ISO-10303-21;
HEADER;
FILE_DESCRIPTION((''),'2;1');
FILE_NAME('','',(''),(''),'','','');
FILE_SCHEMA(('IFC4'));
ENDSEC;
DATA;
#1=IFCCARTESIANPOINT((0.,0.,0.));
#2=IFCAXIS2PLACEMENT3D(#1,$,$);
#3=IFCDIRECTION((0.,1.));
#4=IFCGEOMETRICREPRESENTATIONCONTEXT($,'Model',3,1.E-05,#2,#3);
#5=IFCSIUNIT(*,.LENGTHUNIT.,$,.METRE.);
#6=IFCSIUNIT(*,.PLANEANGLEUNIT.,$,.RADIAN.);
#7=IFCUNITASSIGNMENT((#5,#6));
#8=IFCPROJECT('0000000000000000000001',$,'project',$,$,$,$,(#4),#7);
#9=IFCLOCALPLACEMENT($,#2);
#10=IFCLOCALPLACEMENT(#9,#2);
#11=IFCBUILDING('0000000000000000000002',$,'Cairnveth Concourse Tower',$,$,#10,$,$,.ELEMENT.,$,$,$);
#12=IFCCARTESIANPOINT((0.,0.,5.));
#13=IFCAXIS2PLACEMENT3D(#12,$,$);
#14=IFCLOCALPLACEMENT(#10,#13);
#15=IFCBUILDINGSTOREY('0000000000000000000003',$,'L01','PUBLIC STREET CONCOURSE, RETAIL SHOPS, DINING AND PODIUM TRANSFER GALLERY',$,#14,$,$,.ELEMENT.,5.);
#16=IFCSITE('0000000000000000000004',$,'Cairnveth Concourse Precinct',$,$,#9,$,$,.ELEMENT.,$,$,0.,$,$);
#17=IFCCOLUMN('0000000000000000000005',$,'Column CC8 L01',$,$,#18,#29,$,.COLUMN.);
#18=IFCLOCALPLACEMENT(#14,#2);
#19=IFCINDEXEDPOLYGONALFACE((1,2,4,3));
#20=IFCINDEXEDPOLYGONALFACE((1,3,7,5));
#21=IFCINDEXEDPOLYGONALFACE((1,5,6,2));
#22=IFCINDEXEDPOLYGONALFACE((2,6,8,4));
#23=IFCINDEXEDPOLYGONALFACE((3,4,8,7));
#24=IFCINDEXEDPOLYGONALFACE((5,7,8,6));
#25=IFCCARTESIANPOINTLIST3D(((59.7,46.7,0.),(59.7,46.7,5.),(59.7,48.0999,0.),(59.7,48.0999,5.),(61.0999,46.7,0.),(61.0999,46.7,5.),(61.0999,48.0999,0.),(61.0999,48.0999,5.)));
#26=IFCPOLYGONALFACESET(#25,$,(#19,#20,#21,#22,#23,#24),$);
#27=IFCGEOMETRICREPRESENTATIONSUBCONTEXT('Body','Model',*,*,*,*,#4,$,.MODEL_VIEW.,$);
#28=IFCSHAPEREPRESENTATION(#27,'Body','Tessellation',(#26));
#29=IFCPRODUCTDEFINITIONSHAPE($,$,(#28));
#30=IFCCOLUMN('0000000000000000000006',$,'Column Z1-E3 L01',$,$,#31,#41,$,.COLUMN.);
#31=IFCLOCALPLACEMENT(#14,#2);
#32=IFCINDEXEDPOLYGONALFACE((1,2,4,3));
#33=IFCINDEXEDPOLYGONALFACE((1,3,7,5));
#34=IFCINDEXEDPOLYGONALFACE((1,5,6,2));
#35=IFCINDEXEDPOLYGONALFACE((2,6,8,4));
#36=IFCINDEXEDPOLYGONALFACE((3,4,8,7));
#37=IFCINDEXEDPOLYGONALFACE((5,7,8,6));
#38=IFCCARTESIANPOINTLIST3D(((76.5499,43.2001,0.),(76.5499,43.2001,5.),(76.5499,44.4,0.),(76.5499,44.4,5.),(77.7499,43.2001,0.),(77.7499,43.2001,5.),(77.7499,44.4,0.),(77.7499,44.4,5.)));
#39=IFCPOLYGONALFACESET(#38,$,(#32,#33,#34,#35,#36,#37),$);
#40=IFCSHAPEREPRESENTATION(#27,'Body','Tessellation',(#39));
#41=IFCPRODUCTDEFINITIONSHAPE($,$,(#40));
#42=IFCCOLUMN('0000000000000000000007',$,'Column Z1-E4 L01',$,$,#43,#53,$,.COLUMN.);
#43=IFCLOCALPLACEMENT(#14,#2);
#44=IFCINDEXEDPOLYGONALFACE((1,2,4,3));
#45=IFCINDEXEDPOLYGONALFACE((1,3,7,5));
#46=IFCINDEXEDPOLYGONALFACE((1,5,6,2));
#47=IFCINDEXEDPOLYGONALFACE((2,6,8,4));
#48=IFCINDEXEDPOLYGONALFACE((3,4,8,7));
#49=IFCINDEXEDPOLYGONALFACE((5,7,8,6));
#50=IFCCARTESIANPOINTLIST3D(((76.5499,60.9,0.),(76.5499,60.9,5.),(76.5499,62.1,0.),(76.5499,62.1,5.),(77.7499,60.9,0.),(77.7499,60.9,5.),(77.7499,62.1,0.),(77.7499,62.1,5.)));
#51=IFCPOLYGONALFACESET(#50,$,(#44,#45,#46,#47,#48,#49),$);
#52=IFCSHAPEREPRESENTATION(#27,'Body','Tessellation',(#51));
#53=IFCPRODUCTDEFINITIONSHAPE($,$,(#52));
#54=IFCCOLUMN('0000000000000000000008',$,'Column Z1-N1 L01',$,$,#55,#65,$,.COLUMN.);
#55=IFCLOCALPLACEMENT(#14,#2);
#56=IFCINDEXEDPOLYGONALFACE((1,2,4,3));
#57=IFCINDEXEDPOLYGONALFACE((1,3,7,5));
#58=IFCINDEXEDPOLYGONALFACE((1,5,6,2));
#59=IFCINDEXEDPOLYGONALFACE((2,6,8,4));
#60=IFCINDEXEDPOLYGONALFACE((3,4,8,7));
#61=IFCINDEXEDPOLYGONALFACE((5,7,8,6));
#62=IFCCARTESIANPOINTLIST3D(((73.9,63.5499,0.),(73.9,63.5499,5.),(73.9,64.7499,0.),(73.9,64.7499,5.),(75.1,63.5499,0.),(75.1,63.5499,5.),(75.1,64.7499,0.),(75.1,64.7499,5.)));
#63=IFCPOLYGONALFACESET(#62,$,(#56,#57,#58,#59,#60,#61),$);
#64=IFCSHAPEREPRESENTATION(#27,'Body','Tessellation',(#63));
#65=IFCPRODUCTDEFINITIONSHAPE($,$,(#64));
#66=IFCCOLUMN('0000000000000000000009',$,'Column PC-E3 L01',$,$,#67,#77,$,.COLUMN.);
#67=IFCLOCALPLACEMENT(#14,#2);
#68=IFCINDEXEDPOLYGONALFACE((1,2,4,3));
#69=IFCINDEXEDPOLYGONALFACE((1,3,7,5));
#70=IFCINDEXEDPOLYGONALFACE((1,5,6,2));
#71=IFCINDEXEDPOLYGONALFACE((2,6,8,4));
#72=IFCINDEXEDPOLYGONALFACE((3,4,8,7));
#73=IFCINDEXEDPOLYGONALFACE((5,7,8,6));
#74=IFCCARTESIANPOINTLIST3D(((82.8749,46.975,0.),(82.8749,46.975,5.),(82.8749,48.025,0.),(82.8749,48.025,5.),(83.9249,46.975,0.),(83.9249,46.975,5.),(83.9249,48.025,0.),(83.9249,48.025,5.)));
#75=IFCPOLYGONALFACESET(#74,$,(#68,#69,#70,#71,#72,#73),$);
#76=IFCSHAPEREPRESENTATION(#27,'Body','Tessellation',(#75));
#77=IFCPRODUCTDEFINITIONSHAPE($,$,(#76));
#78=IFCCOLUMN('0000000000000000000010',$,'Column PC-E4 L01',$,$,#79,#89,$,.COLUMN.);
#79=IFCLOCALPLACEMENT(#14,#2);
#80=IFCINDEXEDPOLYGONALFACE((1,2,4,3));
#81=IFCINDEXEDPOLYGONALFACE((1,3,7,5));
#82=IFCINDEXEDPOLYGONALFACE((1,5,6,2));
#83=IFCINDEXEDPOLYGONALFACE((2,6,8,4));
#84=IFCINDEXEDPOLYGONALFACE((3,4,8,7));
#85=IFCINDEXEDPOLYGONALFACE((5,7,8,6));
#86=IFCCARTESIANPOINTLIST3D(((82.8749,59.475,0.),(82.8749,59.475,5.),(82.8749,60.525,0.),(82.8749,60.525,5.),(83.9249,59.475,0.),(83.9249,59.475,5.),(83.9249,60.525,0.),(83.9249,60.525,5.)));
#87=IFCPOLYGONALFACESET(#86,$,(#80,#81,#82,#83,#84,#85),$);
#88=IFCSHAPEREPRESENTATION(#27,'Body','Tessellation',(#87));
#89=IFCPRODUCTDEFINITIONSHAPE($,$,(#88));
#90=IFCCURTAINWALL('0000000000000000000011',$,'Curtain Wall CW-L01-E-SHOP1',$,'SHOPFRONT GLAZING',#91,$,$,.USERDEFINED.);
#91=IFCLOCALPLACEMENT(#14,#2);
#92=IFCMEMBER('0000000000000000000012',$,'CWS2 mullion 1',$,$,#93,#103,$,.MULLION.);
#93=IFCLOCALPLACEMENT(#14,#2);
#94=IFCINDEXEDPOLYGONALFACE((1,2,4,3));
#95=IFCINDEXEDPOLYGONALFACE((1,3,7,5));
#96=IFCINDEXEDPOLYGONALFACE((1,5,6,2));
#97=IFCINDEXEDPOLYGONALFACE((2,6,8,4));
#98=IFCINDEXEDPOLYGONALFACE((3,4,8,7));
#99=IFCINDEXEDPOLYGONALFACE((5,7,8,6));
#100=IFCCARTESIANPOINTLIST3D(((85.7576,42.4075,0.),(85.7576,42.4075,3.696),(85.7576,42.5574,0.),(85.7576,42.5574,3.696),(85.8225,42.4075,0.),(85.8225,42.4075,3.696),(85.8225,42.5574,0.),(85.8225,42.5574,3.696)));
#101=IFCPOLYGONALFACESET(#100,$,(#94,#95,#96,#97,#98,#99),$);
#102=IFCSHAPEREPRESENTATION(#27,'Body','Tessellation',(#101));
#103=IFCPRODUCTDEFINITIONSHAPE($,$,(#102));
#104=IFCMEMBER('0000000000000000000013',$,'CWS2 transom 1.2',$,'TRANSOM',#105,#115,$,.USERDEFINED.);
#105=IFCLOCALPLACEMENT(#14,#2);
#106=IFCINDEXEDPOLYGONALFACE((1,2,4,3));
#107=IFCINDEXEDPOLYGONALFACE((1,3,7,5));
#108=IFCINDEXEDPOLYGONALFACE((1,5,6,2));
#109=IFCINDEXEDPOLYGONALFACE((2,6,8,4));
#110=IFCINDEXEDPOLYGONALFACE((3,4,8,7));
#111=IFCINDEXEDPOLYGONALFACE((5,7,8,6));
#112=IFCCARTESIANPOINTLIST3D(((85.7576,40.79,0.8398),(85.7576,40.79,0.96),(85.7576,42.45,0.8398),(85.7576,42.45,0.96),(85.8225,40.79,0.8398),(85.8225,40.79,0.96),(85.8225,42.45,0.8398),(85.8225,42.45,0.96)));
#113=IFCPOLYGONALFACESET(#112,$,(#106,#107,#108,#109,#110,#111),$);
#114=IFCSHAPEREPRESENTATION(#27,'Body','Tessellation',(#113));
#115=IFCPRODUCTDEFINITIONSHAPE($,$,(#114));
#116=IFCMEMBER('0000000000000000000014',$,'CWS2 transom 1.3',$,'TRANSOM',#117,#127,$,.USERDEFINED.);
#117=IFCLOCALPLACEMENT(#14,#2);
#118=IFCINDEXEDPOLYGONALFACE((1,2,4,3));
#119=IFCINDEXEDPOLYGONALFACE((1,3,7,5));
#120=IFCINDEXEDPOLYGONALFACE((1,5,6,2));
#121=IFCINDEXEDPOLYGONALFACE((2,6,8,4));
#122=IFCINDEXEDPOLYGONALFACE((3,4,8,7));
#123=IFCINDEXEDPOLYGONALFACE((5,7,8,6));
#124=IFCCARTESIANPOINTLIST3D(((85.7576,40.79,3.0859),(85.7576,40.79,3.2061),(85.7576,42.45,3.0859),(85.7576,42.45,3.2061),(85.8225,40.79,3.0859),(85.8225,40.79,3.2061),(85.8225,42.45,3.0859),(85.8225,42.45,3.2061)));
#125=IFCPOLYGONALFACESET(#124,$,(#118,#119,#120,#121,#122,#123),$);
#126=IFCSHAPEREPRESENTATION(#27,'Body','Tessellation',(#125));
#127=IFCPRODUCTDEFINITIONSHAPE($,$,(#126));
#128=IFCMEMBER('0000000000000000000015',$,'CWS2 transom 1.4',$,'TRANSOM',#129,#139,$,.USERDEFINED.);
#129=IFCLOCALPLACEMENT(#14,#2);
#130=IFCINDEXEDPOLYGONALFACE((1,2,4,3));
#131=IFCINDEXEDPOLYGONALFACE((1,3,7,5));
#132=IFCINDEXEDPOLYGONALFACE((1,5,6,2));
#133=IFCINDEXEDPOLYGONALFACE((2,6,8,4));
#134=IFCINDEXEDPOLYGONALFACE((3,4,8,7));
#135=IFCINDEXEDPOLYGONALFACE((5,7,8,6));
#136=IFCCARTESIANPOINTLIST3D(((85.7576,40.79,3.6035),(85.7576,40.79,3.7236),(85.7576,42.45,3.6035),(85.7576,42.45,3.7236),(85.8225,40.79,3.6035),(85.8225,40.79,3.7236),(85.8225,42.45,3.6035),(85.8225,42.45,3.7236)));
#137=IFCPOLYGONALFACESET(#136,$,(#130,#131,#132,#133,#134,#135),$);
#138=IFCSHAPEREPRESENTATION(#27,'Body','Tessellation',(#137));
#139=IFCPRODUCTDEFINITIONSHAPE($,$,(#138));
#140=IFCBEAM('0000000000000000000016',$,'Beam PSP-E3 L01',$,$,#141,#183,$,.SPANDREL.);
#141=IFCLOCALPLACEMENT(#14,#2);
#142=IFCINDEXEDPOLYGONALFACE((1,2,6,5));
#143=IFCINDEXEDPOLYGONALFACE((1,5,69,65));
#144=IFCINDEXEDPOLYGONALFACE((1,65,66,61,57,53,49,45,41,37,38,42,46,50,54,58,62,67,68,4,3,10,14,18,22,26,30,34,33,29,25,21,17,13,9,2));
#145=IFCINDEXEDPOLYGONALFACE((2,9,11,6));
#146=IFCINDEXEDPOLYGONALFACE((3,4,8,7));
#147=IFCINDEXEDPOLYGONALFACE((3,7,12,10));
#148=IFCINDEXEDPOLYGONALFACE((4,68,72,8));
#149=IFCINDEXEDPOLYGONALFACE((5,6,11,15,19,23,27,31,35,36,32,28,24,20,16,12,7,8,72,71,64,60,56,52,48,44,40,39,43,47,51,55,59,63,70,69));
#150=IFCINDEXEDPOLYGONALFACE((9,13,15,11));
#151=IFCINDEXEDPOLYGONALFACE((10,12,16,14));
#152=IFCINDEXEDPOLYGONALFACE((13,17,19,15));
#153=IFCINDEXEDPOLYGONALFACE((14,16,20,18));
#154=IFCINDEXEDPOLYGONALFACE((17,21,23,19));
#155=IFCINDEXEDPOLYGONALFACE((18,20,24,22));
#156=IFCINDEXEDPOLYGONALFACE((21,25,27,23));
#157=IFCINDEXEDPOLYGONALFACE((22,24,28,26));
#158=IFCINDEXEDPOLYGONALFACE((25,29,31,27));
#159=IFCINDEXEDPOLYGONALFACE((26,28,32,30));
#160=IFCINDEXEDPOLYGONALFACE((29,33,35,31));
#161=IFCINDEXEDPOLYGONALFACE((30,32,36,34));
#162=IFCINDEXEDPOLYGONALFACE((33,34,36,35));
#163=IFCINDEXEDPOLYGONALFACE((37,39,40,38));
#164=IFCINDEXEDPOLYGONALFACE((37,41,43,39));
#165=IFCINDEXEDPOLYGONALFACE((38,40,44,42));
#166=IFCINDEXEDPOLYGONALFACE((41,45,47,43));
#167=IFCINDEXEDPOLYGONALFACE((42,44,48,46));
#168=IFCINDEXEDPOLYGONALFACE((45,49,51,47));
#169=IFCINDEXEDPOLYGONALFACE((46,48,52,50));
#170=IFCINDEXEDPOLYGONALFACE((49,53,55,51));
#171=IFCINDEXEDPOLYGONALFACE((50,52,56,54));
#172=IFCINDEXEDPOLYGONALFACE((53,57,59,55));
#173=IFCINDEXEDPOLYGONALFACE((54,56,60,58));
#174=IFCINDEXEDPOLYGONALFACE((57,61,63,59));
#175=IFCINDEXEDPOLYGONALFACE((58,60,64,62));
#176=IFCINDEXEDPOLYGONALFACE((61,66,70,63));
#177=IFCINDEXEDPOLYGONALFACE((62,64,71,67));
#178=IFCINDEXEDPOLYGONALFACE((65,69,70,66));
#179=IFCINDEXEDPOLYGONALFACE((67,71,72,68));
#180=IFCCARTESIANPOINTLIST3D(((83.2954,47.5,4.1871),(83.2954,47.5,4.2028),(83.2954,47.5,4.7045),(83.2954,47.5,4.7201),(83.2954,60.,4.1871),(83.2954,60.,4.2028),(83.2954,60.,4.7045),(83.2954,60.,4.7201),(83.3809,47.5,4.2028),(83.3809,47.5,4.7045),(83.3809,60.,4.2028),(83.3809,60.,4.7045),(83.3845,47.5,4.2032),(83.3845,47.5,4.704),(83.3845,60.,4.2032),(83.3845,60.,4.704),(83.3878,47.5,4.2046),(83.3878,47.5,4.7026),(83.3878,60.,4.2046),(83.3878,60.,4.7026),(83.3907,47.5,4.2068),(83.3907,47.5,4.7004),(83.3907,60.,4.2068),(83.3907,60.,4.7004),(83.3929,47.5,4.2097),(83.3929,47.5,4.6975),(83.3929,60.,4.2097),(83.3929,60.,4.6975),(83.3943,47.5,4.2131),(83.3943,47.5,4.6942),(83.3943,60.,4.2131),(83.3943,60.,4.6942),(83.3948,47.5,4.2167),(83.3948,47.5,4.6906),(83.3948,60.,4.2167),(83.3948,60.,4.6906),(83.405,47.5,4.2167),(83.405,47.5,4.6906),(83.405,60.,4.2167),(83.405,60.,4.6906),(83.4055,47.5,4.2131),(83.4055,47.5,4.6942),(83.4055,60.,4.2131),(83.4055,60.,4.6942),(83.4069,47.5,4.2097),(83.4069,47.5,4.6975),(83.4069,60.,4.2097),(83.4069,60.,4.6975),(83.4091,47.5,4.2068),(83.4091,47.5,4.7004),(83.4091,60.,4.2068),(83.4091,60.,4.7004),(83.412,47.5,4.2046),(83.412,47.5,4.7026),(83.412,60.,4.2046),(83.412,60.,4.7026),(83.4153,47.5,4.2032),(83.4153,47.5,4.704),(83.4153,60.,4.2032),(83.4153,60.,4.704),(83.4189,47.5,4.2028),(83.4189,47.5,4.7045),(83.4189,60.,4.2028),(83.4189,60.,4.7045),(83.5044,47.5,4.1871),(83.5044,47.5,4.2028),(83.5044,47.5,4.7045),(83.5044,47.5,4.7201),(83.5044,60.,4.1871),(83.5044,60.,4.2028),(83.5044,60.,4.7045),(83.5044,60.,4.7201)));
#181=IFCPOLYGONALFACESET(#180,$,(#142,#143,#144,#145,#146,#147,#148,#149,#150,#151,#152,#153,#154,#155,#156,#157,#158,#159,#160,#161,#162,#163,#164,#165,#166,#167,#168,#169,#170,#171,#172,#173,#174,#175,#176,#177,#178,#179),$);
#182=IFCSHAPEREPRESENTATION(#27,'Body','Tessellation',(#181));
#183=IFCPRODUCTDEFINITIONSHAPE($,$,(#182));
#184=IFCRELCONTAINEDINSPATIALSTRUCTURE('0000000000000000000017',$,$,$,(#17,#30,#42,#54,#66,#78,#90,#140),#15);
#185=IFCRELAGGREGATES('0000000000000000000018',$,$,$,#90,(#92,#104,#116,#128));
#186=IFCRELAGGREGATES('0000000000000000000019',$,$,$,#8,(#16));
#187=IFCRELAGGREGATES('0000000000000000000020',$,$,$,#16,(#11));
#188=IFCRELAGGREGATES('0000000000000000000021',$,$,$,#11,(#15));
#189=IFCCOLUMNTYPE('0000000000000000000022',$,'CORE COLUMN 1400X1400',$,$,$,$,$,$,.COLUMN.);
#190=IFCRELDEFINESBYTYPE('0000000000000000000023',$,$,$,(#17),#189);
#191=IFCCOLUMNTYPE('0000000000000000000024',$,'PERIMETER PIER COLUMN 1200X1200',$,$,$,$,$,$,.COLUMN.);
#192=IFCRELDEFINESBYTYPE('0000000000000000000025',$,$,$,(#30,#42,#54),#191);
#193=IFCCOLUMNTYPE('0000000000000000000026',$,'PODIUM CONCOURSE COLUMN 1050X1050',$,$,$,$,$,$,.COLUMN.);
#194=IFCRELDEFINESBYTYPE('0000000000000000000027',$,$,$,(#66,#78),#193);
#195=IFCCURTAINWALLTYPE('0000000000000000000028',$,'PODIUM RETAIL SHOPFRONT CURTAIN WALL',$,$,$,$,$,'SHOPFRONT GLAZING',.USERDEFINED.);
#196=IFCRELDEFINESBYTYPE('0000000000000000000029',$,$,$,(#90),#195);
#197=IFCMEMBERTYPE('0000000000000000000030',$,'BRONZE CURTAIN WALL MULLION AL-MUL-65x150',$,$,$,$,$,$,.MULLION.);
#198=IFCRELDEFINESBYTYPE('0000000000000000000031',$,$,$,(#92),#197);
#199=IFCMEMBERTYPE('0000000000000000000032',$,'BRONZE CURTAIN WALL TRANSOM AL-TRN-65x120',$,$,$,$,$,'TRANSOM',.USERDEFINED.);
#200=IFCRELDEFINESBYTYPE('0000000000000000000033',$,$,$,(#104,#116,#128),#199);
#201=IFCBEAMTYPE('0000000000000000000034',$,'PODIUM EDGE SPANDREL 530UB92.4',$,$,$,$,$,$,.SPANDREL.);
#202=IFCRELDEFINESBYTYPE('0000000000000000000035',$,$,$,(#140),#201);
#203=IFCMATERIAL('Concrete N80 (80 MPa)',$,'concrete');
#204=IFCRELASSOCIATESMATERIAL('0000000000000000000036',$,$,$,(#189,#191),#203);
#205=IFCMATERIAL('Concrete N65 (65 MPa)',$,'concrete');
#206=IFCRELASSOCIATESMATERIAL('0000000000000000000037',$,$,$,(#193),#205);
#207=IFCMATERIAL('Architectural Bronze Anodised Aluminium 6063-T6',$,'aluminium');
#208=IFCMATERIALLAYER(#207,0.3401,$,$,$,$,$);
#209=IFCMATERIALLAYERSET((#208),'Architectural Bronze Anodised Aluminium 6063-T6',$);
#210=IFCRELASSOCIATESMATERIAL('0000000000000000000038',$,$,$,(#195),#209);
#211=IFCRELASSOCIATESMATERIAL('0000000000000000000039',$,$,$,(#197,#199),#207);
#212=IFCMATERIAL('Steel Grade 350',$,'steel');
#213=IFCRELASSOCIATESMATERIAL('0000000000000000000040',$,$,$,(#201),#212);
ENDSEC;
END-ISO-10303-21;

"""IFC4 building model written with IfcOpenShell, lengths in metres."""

from ifc_helpers import new_model, si_unit, direction, frame, origin, origin_2d, place, context, subcontext, project, spatial, rectangle, i_section, extrude, material, layer, layer_set, material_profile, profile_set, type_object, element, aggregate, save


model = new_model("IFC4")

# Units and contexts
model_context = context("Model", 3, precision=1e-05, world=origin(), true_north=direction((0.0, 1.0)))
body_context = subcontext(model_context, "Body", "Model", "MODEL_VIEW")
ifc_project = project(units=[si_unit("LENGTHUNIT", "METRE"), si_unit("PLANEANGLEUNIT", "RADIAN")], contexts=[model_context])

# Site, building, storey
site_placement = place(None, origin())
site = spatial("IfcSite", under=ifc_project, at=site_placement, Name="Cairnveth Concourse Precinct", CompositionType="ELEMENT", RefElevation=0.0)
building_placement = place(site_placement, origin())
building = spatial("IfcBuilding", under=site, at=building_placement, Name="Cairnveth Concourse Tower", CompositionType="ELEMENT")
storey_placement = place(building_placement, frame((0.0, 0.0, 5.0)))
storey = spatial("IfcBuildingStorey", under=building, at=storey_placement, Name="L01", Description="PUBLIC STREET CONCOURSE, RETAIL SHOPS, DINING AND PODIUM TRANSFER GALLERY", CompositionType="ELEMENT", Elevation=5.0)

# Columns
ifc_material_1 = material(Name="Concrete N80 (80 MPa)", Category="concrete")
ifc_material_profile_1 = material_profile(ifc_material_1, rectangle(XDim=1.3999, YDim=1.3999, at=origin_2d()), Name="RC-COL-1400x1400")
ifc_profile_set_1 = profile_set([ifc_material_profile_1], Name="Concrete N80 (80 MPa)")
column_type_1 = type_object("IfcColumnType", Name="CORE COLUMN 1400X1400", PredefinedType="COLUMN", material=ifc_profile_set_1)
column_placement = place(storey_placement, frame((60.3999, 47.3999, 0.0), z_axis=(0.0, 0.0, 1.0), x_axis=(1.0, 0.0, 0.0)))
element("IfcColumn", 1, at=column_placement, inside=storey, type_object=column_type_1, Name="Column CC8 L01", PredefinedType="COLUMN", context=body_context, shape_type="SweptSolid", body=[
    extrude(rectangle(XDim=1.3999, YDim=1.3999, at=origin_2d()), origin(), (0.0, 0.0, 1.0), 5.0),
])
ifc_material_profile_2 = material_profile(ifc_material_1, rectangle(XDim=1.2, YDim=1.2, at=origin_2d()), Name="RC-COL-1200x1200")
ifc_profile_set_2 = profile_set([ifc_material_profile_2], Name="Concrete N80 (80 MPa)")
column_type_2 = type_object("IfcColumnType", Name="PERIMETER PIER COLUMN 1200X1200", PredefinedType="COLUMN", material=ifc_profile_set_2)
for number, where, z_axis, x_axis, name in (
    (2, (77.1499, 43.8, 0.0), (0.0, 0.0, 1.0), (1.0, 0.0, 0.0), "Column Z1-E3 L01"),
    (3, (77.1499, 61.5, 0.0), (0.0, 0.0, 1.0), (1.0, 0.0, 0.0), "Column Z1-E4 L01"),
    (4, (74.5, 64.1499, 0.0), (0.0, 0.0, 1.0), (1.0, 0.0, 0.0), "Column Z1-N1 L01"),
):
    element("IfcColumn", number, at=place(storey_placement, frame(where, z_axis=z_axis, x_axis=x_axis)), inside=storey, type_object=column_type_2, Name=name, PredefinedType="COLUMN", context=body_context, shape_type="SweptSolid", body=[
        extrude(rectangle(XDim=1.2, YDim=1.2, at=origin_2d()), origin(), (0.0, 0.0, 1.0), 5.0),
    ])
ifc_material_2 = material(Name="Concrete N65 (65 MPa)", Category="concrete")
ifc_material_profile_3 = material_profile(ifc_material_2, rectangle(XDim=1.05, YDim=1.05, at=origin_2d()), Name="RC-COL-1050x1050")
ifc_profile_set_3 = profile_set([ifc_material_profile_3], Name="Concrete N65 (65 MPa)")
column_type_3 = type_object("IfcColumnType", Name="PODIUM CONCOURSE COLUMN 1050X1050", PredefinedType="COLUMN", material=ifc_profile_set_3)
for number, where, z_axis, x_axis, name in (
    (5, (83.3999, 47.5, 0.0), (0.0, 0.0, 1.0), (1.0, 0.0, 0.0), "Column PC-E3 L01"),
    (6, (83.3999, 60.0, 0.0), (0.0, 0.0, 1.0), (1.0, 0.0, 0.0), "Column PC-E4 L01"),
):
    element("IfcColumn", number, at=place(storey_placement, frame(where, z_axis=z_axis, x_axis=x_axis)), inside=storey, type_object=column_type_3, Name=name, PredefinedType="COLUMN", context=body_context, shape_type="SweptSolid", body=[
        extrude(rectangle(XDim=1.05, YDim=1.05, at=origin_2d()), origin(), (0.0, 0.0, 1.0), 5.0),
    ])

# Curtain wall, members
ifc_material_3 = material(Name="Architectural Bronze Anodised Aluminium 6063-T6", Category="aluminium")
ifc_layer_1 = layer(ifc_material_3, 0.3401)
ifc_layer_set_1 = layer_set([ifc_layer_1], Name="Architectural Bronze Anodised Aluminium 6063-T6")
curtain_wall_type = type_object("IfcCurtainWallType", Name="PODIUM RETAIL SHOPFRONT CURTAIN WALL", ElementType="SHOPFRONT GLAZING", PredefinedType="USERDEFINED", material=ifc_layer_set_1)
curtain_wall_placement = place(storey_placement, origin())
curtain_wall = element("IfcCurtainWall", 7, at=curtain_wall_placement, inside=storey, type_object=curtain_wall_type, Name="Curtain Wall CW-L01-E-SHOP1", ObjectType="SHOPFRONT GLAZING", PredefinedType="USERDEFINED")
ifc_material_profile_4 = material_profile(ifc_material_3, rectangle(XDim=0.0649, YDim=0.1499, at=origin_2d()), Name="AL-MUL-65x150")
ifc_profile_set_4 = profile_set([ifc_material_profile_4], Name="Architectural Bronze Anodised Aluminium 6063-T6")
member_type_1 = type_object("IfcMemberType", Name="BRONZE CURTAIN WALL MULLION AL-MUL-65x150", PredefinedType="MULLION", material=ifc_profile_set_4)
member_1_placement = place(storey_placement, frame((85.79, 42.4824, 0.0), z_axis=(0.0, 0.0, 1.0), x_axis=(1.0, 0.0, 0.0)))
member_1 = element("IfcMember", 8, at=member_1_placement, type_object=member_type_1, Name="CWS2 mullion 1", PredefinedType="MULLION", context=body_context, shape_type="SweptSolid", body=[
    extrude(rectangle(XDim=0.0649, YDim=0.1499, at=origin_2d()), origin(), (0.0, 0.0, 1.0), 3.696),
])
ifc_material_profile_5 = material_profile(ifc_material_3, rectangle(XDim=0.0649, YDim=0.1201, at=origin_2d()), Name="AL-TRN-65x120")
ifc_profile_set_5 = profile_set([ifc_material_profile_5], Name="Architectural Bronze Anodised Aluminium 6063-T6")
member_type_2 = type_object("IfcMemberType", Name="BRONZE CURTAIN WALL TRANSOM AL-TRN-65x120", ElementType="TRANSOM", PredefinedType="USERDEFINED", material=ifc_profile_set_5)
member_2_placement = place(storey_placement, frame((85.79, 42.45, 0.8999), z_axis=(0.0, -1.0, 0.0), x_axis=(1.0, 0.0, 0.0)))
member_2 = element("IfcMember", 9, at=member_2_placement, type_object=member_type_2, Name="CWS2 transom 1.2", ObjectType="TRANSOM", PredefinedType="USERDEFINED", context=body_context, shape_type="SweptSolid", body=[
    extrude(rectangle(XDim=0.0649, YDim=0.1201, at=origin_2d()), origin(), (0.0, 0.0, 1.0), 1.6599),
])
member_3_placement = place(storey_placement, frame((85.79, 42.45, 3.146), z_axis=(0.0, -1.0, 0.0), x_axis=(1.0, 0.0, 0.0)))
member_3 = element("IfcMember", 10, at=member_3_placement, type_object=member_type_2, Name="CWS2 transom 1.3", ObjectType="TRANSOM", PredefinedType="USERDEFINED", context=body_context, shape_type="SweptSolid", body=[
    extrude(rectangle(XDim=0.0649, YDim=0.1201, at=origin_2d()), origin(), (0.0, 0.0, 1.0), 1.6599),
])
member_4_placement = place(storey_placement, frame((85.79, 42.45, 3.6636), z_axis=(0.0, -1.0, 0.0), x_axis=(1.0, 0.0, 0.0)))
member_4 = element("IfcMember", 11, at=member_4_placement, type_object=member_type_2, Name="CWS2 transom 1.4", ObjectType="TRANSOM", PredefinedType="USERDEFINED", context=body_context, shape_type="SweptSolid", body=[
    extrude(rectangle(XDim=0.0649, YDim=0.1201, at=origin_2d()), origin(), (0.0, 0.0, 1.0), 1.6599),
])
aggregate(curtain_wall, [member_1, member_2, member_3, member_4])

# Beam
ifc_material_4 = material(Name="Steel Grade 350", Category="steel")
ifc_material_profile_6 = material_profile(ifc_material_4, i_section(OverallWidth=0.209, OverallDepth=0.533, WebThickness=0.0103, FlangeThickness=0.0156, FilletRadius=0.0139, at=origin_2d()), Name="530UB92.4")
ifc_profile_set_6 = profile_set([ifc_material_profile_6], Name="Steel Grade 350")
beam_type_1 = type_object("IfcBeamType", Name="PODIUM EDGE SPANDREL 530UB92.4", PredefinedType="SPANDREL", material=ifc_profile_set_6)
beam_1_placement = place(storey_placement, frame((83.3999, 47.5, 4.4536), z_axis=(0.0, 1.0, 0.0), x_axis=(-1.0, 0.0, 0.0)))
element("IfcBeam", 12, at=beam_1_placement, inside=storey, type_object=beam_type_1, Name="Beam PSP-E3 L01", PredefinedType="SPANDREL", context=body_context, shape_type="SweptSolid", body=[
    extrude(i_section(OverallWidth=0.209, OverallDepth=0.533, WebThickness=0.0103, FlangeThickness=0.0156, FilletRadius=0.0139, at=origin_2d()), origin(), (0.0, 0.0, 1.0), 12.5),
])

save(model, "model.ifc")
